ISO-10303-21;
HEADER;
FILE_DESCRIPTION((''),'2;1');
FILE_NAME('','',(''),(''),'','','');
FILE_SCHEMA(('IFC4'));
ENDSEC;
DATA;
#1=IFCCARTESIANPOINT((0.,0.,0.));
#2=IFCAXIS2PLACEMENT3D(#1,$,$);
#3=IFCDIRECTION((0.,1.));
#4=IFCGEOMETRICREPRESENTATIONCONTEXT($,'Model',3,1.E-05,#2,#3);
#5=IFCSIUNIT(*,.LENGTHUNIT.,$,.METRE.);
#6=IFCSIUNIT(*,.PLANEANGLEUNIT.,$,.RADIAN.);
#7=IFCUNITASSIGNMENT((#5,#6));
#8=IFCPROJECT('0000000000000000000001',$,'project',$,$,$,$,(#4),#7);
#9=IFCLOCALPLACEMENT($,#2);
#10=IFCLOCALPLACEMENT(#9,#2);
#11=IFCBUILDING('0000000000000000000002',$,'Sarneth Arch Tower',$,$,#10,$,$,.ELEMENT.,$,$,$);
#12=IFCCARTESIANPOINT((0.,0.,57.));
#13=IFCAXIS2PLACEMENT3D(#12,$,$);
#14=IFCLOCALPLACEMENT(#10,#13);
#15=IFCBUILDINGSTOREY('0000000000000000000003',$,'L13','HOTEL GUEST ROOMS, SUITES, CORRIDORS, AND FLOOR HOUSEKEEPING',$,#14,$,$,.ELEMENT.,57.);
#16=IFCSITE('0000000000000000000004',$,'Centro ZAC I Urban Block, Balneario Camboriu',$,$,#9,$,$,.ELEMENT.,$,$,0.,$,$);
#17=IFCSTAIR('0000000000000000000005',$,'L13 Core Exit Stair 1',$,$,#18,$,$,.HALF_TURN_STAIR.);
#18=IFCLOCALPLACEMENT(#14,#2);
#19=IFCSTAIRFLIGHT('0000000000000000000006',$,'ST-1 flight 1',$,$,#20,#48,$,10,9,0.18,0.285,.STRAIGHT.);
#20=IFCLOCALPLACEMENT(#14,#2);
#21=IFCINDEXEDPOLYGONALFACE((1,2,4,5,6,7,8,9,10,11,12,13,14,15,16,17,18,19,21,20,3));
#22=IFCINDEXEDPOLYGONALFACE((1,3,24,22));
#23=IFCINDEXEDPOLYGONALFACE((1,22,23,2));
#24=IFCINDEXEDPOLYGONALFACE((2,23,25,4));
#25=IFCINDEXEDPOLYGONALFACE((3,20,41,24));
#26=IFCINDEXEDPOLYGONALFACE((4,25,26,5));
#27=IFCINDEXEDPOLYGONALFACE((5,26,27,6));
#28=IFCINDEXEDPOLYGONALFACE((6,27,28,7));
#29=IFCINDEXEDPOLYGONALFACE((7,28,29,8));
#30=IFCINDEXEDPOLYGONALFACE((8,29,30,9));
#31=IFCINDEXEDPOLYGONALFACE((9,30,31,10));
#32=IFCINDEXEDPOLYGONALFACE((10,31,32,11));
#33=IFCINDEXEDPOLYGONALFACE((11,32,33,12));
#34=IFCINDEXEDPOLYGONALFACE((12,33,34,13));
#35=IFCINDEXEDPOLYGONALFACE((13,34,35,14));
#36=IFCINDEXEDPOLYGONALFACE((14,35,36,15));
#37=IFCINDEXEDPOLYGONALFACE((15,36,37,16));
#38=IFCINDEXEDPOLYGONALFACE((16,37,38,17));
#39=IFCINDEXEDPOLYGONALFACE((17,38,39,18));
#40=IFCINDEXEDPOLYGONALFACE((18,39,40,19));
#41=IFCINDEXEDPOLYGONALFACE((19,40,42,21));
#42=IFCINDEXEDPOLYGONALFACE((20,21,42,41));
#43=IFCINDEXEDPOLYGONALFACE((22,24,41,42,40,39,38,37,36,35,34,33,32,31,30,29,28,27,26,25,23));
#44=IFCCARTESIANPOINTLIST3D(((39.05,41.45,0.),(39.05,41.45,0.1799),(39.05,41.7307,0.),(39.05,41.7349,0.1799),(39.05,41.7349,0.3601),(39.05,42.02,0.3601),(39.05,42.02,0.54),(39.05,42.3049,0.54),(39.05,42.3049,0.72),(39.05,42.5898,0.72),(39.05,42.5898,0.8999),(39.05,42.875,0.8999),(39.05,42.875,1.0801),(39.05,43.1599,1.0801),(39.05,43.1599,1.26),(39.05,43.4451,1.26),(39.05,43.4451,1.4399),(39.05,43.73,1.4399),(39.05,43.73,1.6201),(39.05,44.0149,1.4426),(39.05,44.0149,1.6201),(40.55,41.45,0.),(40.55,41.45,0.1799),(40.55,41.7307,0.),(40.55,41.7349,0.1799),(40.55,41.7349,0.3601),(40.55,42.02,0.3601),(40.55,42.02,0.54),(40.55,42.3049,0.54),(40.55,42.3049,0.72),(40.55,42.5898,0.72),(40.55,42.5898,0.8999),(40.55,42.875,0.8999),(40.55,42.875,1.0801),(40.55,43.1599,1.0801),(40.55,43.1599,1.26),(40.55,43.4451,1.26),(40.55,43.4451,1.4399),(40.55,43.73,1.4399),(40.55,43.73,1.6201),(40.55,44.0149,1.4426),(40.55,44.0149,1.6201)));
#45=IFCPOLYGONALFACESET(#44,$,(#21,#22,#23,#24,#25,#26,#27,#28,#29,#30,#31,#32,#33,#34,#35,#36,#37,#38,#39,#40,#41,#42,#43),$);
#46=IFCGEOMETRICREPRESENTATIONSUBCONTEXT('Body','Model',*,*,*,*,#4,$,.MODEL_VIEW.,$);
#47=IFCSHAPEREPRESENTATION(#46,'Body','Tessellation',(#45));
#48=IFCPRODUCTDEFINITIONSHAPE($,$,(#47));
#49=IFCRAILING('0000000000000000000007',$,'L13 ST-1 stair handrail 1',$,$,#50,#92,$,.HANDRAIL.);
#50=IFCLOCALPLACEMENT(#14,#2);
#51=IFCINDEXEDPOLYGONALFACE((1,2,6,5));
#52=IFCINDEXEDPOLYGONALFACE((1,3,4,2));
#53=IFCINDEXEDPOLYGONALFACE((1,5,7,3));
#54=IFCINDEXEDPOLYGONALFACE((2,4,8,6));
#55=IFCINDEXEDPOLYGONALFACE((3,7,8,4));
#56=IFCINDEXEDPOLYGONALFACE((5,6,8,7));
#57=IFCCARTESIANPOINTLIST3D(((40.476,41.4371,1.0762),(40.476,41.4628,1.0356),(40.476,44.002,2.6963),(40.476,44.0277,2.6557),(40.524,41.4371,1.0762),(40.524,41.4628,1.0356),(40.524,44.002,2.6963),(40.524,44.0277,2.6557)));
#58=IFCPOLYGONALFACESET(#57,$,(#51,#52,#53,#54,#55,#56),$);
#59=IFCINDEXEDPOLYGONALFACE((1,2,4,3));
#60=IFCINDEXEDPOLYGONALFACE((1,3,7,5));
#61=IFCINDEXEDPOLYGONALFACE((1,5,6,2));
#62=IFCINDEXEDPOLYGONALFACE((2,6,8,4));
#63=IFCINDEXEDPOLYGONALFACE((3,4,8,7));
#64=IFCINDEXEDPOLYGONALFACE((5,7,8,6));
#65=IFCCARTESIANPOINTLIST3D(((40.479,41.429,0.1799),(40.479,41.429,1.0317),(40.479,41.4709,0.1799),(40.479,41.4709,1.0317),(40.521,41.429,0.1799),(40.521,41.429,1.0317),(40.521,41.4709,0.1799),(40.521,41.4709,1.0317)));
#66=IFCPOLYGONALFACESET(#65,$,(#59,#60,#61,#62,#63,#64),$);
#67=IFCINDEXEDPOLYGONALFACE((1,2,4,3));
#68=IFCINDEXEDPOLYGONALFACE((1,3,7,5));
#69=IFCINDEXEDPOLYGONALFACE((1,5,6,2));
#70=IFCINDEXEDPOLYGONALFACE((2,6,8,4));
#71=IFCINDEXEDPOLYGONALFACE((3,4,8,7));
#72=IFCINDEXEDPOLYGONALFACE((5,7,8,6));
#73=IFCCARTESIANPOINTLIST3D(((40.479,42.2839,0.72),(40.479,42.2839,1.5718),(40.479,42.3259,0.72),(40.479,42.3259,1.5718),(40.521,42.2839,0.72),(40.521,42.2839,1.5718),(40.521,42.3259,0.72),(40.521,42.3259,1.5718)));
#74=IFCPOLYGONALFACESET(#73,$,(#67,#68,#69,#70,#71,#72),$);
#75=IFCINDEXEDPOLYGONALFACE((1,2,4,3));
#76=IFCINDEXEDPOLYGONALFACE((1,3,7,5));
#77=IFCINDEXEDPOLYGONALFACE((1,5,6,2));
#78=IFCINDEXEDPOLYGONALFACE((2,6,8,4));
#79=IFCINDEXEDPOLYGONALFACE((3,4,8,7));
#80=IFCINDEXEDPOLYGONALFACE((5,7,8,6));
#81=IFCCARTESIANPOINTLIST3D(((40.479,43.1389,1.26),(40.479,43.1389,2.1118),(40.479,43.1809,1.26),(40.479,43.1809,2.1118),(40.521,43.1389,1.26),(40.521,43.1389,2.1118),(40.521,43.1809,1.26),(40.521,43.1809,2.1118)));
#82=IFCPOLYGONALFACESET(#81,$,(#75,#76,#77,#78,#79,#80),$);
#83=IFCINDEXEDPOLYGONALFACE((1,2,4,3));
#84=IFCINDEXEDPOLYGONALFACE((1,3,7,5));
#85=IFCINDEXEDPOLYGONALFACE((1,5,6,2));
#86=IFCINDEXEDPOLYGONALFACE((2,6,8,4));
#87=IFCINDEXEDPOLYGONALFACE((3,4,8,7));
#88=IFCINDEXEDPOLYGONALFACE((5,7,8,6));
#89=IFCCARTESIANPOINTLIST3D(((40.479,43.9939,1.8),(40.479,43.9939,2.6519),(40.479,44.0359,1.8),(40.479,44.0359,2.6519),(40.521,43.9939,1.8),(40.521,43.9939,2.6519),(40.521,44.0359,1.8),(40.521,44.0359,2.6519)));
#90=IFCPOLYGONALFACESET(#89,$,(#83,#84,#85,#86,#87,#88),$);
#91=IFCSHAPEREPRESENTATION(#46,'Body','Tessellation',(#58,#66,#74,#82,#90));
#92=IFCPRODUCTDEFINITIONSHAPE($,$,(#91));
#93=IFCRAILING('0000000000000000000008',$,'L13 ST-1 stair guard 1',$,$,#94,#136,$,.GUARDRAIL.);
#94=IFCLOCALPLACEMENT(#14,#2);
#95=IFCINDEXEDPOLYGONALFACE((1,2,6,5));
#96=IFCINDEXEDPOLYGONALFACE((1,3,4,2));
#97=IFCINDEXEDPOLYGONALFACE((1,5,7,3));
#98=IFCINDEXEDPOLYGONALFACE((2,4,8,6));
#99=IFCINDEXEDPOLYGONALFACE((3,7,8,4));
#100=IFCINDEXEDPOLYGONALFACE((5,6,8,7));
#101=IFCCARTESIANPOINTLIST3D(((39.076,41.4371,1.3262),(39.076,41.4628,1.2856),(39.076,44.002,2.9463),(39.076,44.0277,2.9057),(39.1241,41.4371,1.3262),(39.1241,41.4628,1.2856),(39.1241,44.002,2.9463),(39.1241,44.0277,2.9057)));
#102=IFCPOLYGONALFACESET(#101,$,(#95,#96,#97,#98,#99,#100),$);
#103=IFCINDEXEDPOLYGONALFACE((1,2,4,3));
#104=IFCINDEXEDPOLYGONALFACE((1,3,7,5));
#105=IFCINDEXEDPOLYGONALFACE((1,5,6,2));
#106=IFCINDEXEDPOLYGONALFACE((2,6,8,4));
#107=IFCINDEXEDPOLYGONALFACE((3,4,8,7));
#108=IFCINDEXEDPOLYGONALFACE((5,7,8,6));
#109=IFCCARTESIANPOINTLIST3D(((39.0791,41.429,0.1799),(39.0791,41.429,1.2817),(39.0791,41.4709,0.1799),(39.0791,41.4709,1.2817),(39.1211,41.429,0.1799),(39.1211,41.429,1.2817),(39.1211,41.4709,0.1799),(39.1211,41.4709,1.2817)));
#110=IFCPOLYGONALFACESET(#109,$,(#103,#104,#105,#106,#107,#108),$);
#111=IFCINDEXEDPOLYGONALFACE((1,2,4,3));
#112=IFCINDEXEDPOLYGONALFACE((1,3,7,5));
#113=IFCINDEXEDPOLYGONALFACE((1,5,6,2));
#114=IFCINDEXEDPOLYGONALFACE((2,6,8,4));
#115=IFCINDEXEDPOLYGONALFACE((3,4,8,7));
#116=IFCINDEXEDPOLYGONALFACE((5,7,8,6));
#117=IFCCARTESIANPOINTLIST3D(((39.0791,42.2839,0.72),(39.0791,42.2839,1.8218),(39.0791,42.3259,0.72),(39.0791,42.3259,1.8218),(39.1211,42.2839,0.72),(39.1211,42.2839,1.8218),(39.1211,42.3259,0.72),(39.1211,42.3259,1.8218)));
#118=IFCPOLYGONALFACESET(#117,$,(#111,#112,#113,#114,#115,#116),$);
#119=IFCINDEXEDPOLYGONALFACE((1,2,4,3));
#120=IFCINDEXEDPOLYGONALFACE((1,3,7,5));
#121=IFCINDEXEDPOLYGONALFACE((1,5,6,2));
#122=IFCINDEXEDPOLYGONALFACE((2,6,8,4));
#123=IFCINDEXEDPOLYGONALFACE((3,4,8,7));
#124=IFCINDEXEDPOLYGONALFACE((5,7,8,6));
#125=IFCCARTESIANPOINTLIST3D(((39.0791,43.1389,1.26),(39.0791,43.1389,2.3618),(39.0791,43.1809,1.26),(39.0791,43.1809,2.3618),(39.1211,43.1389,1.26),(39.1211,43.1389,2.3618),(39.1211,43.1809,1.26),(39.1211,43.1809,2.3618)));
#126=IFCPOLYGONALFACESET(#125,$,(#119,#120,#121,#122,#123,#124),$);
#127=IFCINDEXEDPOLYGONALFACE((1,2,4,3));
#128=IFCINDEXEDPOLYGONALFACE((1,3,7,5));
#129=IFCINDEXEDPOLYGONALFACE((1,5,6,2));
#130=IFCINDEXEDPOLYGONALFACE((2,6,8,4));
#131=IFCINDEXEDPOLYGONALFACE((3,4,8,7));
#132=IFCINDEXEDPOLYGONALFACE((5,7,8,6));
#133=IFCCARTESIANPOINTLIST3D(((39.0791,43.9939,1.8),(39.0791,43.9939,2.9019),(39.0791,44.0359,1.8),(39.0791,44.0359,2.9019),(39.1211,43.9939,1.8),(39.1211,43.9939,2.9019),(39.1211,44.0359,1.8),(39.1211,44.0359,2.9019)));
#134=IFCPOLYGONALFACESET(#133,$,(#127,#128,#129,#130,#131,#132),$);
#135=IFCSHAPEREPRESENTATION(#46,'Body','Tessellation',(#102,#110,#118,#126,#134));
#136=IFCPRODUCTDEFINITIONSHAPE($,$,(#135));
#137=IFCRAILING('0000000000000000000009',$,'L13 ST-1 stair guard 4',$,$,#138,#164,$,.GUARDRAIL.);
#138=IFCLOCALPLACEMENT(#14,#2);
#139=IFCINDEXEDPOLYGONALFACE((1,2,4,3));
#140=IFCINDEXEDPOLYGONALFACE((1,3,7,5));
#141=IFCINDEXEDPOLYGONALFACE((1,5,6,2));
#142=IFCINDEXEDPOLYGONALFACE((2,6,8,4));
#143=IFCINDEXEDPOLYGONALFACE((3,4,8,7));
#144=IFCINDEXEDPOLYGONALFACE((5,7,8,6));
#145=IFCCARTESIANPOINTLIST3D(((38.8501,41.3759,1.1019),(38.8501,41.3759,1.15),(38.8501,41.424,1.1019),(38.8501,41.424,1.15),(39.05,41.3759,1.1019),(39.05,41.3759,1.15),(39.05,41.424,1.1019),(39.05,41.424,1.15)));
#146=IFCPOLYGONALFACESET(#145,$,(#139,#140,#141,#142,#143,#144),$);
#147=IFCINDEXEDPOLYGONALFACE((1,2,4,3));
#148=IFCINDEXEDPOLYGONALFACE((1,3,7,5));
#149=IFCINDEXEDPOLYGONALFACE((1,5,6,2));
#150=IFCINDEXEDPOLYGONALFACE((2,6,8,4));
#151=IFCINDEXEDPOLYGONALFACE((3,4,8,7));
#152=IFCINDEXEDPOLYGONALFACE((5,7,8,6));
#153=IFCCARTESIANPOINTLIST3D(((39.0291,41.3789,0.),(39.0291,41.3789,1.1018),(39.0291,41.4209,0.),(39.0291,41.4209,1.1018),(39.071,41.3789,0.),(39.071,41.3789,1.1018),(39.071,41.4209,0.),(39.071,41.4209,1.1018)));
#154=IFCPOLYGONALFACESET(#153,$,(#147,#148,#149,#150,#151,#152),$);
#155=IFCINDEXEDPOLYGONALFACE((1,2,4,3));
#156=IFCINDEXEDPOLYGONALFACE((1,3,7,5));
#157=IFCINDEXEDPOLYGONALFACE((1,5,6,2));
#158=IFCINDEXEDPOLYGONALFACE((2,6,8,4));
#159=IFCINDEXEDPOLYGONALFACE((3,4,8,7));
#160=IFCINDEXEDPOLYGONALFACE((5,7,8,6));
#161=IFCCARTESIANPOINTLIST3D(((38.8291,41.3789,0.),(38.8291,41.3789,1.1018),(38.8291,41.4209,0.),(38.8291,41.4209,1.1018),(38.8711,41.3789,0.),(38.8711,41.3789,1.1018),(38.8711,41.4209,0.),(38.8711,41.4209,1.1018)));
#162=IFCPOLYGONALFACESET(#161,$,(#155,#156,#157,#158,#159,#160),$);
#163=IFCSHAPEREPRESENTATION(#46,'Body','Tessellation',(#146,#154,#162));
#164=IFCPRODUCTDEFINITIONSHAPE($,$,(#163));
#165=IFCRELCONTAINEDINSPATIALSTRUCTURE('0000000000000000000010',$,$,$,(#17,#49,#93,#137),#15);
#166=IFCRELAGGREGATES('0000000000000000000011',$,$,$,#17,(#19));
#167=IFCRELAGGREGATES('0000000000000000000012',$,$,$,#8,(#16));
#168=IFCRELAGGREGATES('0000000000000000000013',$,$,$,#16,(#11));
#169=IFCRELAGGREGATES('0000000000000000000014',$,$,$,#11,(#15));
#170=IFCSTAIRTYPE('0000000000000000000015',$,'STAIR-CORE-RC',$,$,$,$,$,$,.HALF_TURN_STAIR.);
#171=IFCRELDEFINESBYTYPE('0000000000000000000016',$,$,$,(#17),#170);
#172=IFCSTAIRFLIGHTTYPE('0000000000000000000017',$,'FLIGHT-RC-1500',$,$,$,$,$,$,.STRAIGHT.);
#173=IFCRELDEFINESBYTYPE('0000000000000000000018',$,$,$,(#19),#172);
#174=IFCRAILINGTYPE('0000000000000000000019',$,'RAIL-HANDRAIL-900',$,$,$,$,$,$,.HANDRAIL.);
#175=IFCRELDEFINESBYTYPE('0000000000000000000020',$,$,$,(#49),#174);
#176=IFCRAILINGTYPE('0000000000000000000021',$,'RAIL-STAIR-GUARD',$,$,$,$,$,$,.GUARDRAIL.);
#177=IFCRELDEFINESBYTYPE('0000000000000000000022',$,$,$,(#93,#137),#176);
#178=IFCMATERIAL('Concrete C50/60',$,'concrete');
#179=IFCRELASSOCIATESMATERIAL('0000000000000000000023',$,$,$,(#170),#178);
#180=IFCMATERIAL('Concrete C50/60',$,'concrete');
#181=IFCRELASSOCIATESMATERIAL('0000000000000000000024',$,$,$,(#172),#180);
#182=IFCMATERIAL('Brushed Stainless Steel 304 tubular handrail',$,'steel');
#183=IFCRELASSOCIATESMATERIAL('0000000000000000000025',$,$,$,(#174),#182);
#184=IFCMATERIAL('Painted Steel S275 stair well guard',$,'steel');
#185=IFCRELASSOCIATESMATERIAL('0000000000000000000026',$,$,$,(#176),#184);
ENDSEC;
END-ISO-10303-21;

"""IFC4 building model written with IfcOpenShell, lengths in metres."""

from ifc_helpers import new_model, si_unit, direction, frame, origin, origin_2d, place, context, subcontext, project, spatial, polyline, rectangle, outline, extrude, material, type_object, element, aggregate, save


model = new_model("IFC4")

# Units and contexts
model_context = context("Model", 3, precision=1e-05, world=origin(), true_north=direction((0.0, 1.0)))
body_context = subcontext(model_context, "Body", "Model", "MODEL_VIEW")
ifc_project = project(units=[si_unit("LENGTHUNIT", "METRE"), si_unit("PLANEANGLEUNIT", "RADIAN")], contexts=[model_context])

# Site, building, storey
site_placement = place(None, origin())
site = spatial("IfcSite", under=ifc_project, at=site_placement, Name="Centro ZAC I Urban Block, Balneario Camboriu", CompositionType="ELEMENT", RefElevation=0.0)
building_placement = place(site_placement, origin())
building = spatial("IfcBuilding", under=site, at=building_placement, Name="Sarneth Arch Tower", CompositionType="ELEMENT")
storey_placement = place(building_placement, frame((0.0, 0.0, 57.0)))
storey = spatial("IfcBuildingStorey", under=building, at=storey_placement, Name="L13", Description="HOTEL GUEST ROOMS, SUITES, CORRIDORS, AND FLOOR HOUSEKEEPING", CompositionType="ELEMENT", Elevation=57.0)

# Stair, stair flight
ifc_material_1 = material(Name="Concrete C50/60", Category="concrete")
stair_type = type_object("IfcStairType", Name="STAIR-CORE-RC", PredefinedType="HALF_TURN_STAIR", material=ifc_material_1)
stair_placement = place(storey_placement, origin())
stair = element("IfcStair", 1, at=stair_placement, inside=storey, type_object=stair_type, Name="L13 Core Exit Stair 1", PredefinedType="HALF_TURN_STAIR")
ifc_material_2 = material(Name="Concrete C50/60", Category="concrete")
stair_flight_type = type_object("IfcStairFlightType", Name="FLIGHT-RC-1500", PredefinedType="STRAIGHT", material=ifc_material_2)
stair_flight_placement = place(storey_placement, frame((39.8, 41.45, 0.0), z_axis=(0.0, 0.0, 1.0), x_axis=(0.0, 1.0, 0.0)))
stair_flight = element("IfcStairFlight", 2, at=stair_flight_placement, type_object=stair_flight_type, Name="ST-1 flight 1", NumberOfRisers=10, NumberOfTreads=9, PredefinedType="STRAIGHT", RiserHeight=0.18, TreadLength=0.285, context=body_context, shape_type="SweptSolid", body=[
    extrude(outline(polyline([(0.0, 0.0), (0.0, 0.1799), (0.2849, 0.1799), (0.2849, 0.3601), (0.5701, 0.3601), (0.5701, 0.54), (0.855, 0.54), (0.855, 0.72), (1.1399, 0.72), (1.1399, 0.8999), (1.425, 0.8999), (1.425, 1.0801), (1.71, 1.0801), (1.71, 1.26), (1.9951, 1.26), (1.9951, 1.4399), (2.28, 1.4399), (2.28, 1.6201), (2.5649, 1.6201), (2.5649, 1.8), (2.5649, 1.4426), (0.2808, 0.0), (0.0, 0.0)])), frame((0.0, 0.75, 0.0), z_axis=(0.0, -1.0, 0.0), x_axis=(1.0, 0.0, 0.0)), (0.0, 0.0, 1.0), 1.5),
])
aggregate(stair, [stair_flight])

# Railings
ifc_material_3 = material(Name="Brushed Stainless Steel 304 tubular handrail", Category="steel")
railing_type_1 = type_object("IfcRailingType", Name="RAIL-HANDRAIL-900", PredefinedType="HANDRAIL", material=ifc_material_3)
railing_1_placement = place(storey_placement, frame((40.5, 41.45, 0.1799)))
element("IfcRailing", 3, at=railing_1_placement, inside=storey, type_object=railing_type_1, Name="L13 ST-1 stair handrail 1", PredefinedType="HANDRAIL", context=body_context, shape_type="SweptSolid", body=[
    extrude(rectangle(XDim=0.0481, YDim=0.0481, at=origin_2d()), frame((0.0, 0.0, 0.876), z_axis=(0.0, 0.845466, 0.534029), x_axis=(-1.0, 0.0, 0.0)), (0.0, 0.0, 1.0), 3.0337),
    extrude(rectangle(XDim=0.042, YDim=0.042, at=origin_2d()), origin(), (0.0, 0.0, 1.0), 0.8518),
    extrude(rectangle(XDim=0.042, YDim=0.042, at=origin_2d()), frame((0.0, 0.855, 0.54)), (0.0, 0.0, 1.0), 0.8518),
    extrude(rectangle(XDim=0.042, YDim=0.042, at=origin_2d()), frame((0.0, 1.71, 1.0801)), (0.0, 0.0, 1.0), 0.8518),
    extrude(rectangle(XDim=0.042, YDim=0.042, at=origin_2d()), frame((0.0, 2.5649, 1.6201)), (0.0, 0.0, 1.0), 0.8518),
])
ifc_material_4 = material(Name="Painted Steel S275 stair well guard", Category="steel")
railing_type_2 = type_object("IfcRailingType", Name="RAIL-STAIR-GUARD", PredefinedType="GUARDRAIL", material=ifc_material_4)
railing_2_placement = place(storey_placement, frame((39.1001, 41.45, 0.1799)))
element("IfcRailing", 4, at=railing_2_placement, inside=storey, type_object=railing_type_2, Name="L13 ST-1 stair guard 1", PredefinedType="GUARDRAIL", context=body_context, shape_type="SweptSolid", body=[
    extrude(rectangle(XDim=0.0481, YDim=0.0481, at=origin_2d()), frame((0.0, 0.0, 1.126), z_axis=(0.0, 0.845466, 0.534029), x_axis=(-1.0, 0.0, 0.0)), (0.0, 0.0, 1.0), 3.0337),
    extrude(rectangle(XDim=0.042, YDim=0.042, at=origin_2d()), origin(), (0.0, 0.0, 1.0), 1.1018),
    extrude(rectangle(XDim=0.042, YDim=0.042, at=origin_2d()), frame((0.0, 0.855, 0.54)), (0.0, 0.0, 1.0), 1.1018),
    extrude(rectangle(XDim=0.042, YDim=0.042, at=origin_2d()), frame((0.0, 1.71, 1.0801)), (0.0, 0.0, 1.0), 1.1018),
    extrude(rectangle(XDim=0.042, YDim=0.042, at=origin_2d()), frame((0.0, 2.5649, 1.6201)), (0.0, 0.0, 1.0), 1.1018),
])
railing_3_placement = place(storey_placement, frame((39.05, 41.3999, 0.0)))
element("IfcRailing", 5, at=railing_3_placement, inside=storey, type_object=railing_type_2, Name="L13 ST-1 stair guard 4", PredefinedType="GUARDRAIL", context=body_context, shape_type="SweptSolid", body=[
    extrude(rectangle(XDim=0.0481, YDim=0.0481, at=origin_2d()), frame((0.0, 0.0, 1.126), z_axis=(-1.0, 0.0, 0.0), x_axis=(0.0, -1.0, 0.0)), (0.0, 0.0, 1.0), 0.2),
    extrude(rectangle(XDim=0.042, YDim=0.042, at=origin_2d()), origin(), (0.0, 0.0, 1.0), 1.1018),
    extrude(rectangle(XDim=0.042, YDim=0.042, at=origin_2d()), frame((-0.2, 0.0, 0.0)), (0.0, 0.0, 1.0), 1.1018),
])

save(model, "model.ifc")
